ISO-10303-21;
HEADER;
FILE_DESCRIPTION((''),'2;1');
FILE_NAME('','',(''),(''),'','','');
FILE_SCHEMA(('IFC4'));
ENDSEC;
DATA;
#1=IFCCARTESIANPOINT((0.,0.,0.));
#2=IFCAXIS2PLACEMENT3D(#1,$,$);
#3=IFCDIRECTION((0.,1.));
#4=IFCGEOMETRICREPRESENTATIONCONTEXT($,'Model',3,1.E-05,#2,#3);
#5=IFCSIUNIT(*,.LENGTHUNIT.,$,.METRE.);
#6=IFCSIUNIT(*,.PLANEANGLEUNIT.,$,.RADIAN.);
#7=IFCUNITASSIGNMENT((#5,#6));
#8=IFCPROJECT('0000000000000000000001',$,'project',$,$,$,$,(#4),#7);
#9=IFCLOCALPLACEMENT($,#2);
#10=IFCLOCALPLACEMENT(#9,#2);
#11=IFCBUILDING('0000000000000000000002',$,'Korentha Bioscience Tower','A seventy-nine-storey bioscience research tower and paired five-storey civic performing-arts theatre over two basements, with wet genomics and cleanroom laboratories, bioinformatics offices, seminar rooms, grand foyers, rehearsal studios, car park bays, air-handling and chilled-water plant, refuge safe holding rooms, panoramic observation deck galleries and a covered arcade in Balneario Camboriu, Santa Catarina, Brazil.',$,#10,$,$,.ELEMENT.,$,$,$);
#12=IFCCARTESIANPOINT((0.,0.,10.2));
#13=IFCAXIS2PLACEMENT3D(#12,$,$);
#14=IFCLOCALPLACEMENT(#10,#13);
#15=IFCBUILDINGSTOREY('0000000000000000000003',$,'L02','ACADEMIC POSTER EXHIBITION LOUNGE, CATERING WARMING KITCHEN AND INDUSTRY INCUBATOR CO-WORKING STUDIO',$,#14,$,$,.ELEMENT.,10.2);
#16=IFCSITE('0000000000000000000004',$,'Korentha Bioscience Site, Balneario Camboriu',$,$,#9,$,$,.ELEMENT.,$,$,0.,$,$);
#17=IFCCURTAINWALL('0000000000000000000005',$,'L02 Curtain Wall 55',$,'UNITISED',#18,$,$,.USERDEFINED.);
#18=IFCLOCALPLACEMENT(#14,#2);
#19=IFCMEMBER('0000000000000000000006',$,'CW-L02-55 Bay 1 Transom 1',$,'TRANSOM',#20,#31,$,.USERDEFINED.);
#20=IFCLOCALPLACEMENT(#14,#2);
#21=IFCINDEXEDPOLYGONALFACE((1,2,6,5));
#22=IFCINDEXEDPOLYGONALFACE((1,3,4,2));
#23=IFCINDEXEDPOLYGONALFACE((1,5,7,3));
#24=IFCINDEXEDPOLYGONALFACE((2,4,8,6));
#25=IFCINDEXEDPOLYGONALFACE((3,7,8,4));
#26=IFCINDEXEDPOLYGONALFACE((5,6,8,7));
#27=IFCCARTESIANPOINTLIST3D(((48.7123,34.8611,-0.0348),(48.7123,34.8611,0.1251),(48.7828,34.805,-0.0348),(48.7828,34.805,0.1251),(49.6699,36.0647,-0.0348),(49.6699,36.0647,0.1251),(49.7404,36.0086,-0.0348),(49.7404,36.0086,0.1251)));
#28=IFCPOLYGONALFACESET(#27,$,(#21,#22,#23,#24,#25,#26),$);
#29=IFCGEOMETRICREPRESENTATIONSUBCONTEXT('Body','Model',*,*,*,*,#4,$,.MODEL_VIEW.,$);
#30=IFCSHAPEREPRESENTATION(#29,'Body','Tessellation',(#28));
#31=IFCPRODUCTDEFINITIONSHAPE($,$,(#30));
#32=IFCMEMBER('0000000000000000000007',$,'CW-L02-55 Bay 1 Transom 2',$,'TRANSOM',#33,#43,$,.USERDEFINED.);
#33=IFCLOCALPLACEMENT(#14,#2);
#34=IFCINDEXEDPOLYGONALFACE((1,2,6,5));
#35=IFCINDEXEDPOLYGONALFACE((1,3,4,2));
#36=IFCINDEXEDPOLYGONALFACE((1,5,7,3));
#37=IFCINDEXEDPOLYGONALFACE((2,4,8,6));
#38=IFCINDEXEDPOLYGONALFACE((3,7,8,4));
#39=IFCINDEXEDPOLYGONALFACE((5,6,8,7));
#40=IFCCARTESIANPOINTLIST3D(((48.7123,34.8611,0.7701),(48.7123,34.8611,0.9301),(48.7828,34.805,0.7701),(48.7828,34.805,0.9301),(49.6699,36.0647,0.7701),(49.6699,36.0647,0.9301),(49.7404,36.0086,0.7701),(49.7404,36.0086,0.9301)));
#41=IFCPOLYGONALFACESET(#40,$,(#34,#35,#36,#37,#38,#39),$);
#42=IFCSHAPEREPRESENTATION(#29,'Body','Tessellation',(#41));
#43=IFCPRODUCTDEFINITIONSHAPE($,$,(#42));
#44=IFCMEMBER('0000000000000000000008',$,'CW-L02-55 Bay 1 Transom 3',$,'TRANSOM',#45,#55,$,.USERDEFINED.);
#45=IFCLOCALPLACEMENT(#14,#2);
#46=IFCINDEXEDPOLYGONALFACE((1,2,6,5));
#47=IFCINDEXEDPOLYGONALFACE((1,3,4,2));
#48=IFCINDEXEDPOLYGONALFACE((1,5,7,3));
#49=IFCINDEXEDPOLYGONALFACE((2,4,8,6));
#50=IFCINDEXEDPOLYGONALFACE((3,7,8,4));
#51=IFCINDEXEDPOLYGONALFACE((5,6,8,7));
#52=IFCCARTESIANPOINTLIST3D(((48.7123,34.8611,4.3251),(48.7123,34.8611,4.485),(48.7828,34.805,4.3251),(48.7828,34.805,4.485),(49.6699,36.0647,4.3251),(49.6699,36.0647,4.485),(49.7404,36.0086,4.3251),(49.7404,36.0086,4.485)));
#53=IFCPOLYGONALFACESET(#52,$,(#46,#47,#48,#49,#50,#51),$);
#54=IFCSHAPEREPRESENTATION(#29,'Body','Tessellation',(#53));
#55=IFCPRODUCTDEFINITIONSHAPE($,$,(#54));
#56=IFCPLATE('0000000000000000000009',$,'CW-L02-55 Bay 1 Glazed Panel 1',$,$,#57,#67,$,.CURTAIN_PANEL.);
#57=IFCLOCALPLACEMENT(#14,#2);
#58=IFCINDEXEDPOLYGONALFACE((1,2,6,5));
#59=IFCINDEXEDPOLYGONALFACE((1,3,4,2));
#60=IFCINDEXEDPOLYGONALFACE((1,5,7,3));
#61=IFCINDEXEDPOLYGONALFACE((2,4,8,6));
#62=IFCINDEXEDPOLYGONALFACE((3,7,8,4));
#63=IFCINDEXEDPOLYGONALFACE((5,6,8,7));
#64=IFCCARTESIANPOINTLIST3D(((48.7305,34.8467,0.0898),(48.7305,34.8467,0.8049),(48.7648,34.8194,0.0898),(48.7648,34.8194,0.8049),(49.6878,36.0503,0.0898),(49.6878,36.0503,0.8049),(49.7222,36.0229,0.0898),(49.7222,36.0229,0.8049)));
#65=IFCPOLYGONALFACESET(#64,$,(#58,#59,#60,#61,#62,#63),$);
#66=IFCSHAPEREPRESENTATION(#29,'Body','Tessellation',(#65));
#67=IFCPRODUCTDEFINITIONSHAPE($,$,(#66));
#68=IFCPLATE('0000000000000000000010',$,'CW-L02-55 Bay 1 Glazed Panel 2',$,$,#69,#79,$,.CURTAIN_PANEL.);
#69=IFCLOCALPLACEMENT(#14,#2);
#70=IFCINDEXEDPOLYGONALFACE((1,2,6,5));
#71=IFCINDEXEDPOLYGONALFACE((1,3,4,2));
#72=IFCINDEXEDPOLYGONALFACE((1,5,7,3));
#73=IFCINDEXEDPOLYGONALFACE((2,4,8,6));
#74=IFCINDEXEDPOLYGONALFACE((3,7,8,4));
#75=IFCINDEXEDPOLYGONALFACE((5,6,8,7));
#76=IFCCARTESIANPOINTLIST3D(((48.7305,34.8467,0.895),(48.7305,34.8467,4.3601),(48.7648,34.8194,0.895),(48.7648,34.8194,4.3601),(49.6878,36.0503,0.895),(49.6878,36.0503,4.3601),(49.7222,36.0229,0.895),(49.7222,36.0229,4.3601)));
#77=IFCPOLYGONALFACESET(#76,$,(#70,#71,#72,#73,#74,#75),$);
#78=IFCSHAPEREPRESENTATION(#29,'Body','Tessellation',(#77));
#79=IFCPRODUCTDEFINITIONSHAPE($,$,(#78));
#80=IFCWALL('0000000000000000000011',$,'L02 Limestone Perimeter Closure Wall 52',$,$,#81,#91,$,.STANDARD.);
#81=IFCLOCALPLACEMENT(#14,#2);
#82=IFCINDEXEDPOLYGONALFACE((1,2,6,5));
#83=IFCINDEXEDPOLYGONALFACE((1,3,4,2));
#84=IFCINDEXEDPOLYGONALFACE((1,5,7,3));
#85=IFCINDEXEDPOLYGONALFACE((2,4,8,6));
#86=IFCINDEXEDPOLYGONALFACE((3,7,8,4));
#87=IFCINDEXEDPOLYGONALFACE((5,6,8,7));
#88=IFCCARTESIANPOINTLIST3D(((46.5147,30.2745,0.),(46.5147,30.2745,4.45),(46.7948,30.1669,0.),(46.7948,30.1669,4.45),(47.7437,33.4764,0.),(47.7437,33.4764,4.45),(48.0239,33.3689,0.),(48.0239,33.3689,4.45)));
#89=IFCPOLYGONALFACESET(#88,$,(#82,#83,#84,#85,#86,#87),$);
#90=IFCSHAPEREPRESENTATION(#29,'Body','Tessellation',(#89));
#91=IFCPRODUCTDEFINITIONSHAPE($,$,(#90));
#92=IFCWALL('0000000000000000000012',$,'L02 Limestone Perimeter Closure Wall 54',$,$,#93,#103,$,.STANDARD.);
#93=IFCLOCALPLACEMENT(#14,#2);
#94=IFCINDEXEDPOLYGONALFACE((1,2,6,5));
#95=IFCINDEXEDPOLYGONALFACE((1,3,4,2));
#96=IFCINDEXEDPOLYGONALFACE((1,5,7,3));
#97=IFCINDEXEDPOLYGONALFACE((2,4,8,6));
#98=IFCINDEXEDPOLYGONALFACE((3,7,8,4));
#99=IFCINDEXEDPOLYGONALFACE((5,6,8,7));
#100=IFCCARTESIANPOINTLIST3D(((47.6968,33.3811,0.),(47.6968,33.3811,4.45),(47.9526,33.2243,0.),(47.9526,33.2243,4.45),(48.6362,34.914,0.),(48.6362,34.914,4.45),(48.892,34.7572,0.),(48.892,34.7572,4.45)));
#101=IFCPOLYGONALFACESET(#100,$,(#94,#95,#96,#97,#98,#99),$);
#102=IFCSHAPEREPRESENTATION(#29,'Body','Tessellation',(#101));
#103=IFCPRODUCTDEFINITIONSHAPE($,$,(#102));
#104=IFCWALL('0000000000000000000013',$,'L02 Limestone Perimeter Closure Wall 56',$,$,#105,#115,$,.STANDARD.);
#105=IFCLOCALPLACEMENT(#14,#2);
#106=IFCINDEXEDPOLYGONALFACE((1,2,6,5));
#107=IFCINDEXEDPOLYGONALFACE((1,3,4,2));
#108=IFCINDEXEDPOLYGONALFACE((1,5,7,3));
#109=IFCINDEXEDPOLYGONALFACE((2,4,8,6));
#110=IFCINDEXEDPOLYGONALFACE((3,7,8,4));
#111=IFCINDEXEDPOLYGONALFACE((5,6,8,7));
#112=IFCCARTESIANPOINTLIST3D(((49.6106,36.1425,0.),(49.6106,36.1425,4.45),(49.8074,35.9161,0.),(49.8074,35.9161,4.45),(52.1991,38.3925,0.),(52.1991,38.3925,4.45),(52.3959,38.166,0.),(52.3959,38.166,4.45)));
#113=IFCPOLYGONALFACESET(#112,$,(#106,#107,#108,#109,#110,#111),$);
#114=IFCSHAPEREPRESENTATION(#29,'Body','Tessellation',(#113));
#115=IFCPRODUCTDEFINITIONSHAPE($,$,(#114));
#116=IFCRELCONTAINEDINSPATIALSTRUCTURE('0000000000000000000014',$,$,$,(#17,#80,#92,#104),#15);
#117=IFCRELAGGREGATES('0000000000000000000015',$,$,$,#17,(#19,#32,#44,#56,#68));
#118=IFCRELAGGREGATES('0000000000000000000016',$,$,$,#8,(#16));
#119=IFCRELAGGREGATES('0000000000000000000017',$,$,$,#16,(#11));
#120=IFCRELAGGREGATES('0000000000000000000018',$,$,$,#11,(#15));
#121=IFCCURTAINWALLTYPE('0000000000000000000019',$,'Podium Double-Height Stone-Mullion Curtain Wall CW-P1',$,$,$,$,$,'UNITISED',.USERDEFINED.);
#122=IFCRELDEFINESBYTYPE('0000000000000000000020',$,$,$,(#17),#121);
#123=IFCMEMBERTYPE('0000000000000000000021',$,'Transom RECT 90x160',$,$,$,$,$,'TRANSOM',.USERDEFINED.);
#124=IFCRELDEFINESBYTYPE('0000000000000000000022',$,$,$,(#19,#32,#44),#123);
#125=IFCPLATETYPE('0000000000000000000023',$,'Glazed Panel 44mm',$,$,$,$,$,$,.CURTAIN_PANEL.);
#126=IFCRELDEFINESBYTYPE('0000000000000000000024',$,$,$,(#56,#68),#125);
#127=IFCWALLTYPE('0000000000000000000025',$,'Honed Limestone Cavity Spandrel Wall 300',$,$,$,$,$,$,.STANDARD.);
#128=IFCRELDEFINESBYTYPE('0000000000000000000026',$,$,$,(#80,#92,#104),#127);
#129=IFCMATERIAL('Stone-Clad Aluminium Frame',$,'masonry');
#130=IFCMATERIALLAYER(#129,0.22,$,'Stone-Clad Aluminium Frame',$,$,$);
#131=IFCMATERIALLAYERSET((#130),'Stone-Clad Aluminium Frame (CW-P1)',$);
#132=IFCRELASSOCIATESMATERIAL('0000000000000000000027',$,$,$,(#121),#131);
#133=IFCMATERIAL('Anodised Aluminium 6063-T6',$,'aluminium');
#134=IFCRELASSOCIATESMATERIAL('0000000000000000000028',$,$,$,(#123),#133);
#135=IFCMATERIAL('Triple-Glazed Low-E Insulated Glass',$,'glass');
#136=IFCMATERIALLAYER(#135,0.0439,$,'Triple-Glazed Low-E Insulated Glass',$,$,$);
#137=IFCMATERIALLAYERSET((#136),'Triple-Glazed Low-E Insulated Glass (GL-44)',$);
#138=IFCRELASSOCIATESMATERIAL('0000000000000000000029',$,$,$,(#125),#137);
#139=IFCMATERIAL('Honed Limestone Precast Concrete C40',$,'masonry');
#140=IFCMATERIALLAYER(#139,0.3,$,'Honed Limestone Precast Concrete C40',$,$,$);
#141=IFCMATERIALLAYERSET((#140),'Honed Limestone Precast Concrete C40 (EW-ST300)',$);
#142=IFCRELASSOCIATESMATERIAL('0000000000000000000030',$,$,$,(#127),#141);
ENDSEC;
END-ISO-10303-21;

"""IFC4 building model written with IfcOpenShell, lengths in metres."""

from ifc_helpers import new_model, si_unit, direction, frame, frame_2d, origin, origin_2d, place, context, subcontext, project, spatial, rectangle, extrude, material, layer, layer_set, material_profile, profile_set, type_object, element, aggregate, save


model = new_model("IFC4")

# Units and contexts
model_context = context("Model", 3, precision=1e-05, world=origin(), true_north=direction((0.0, 1.0)))
body_context = subcontext(model_context, "Body", "Model", "MODEL_VIEW")
ifc_project = project(units=[si_unit("LENGTHUNIT", "METRE"), si_unit("PLANEANGLEUNIT", "RADIAN")], contexts=[model_context])

# Site, building, storey
site_placement = place(None, origin())
site = spatial("IfcSite", under=ifc_project, at=site_placement, Name="Korentha Bioscience Site, Balneario Camboriu", CompositionType="ELEMENT", RefElevation=0.0)
building_placement = place(site_placement, origin())
building = spatial("IfcBuilding", under=site, at=building_placement, Name="Korentha Bioscience Tower", Description="A seventy-nine-storey bioscience research tower and paired five-storey civic performing-arts theatre over two basements, with wet genomics and cleanroom laboratories, bioinformatics offices, seminar rooms, grand foyers, rehearsal studios, car park bays, air-handling and chilled-water plant, refuge safe holding rooms, panoramic observation deck galleries and a covered arcade in Balneario Camboriu, Santa Catarina, Brazil.", CompositionType="ELEMENT")
storey_placement = place(building_placement, frame((0.0, 0.0, 10.2)))
storey = spatial("IfcBuildingStorey", under=building, at=storey_placement, Name="L02", Description="ACADEMIC POSTER EXHIBITION LOUNGE, CATERING WARMING KITCHEN AND INDUSTRY INCUBATOR CO-WORKING STUDIO", CompositionType="ELEMENT", Elevation=10.2)

# Shared definitions
ifc_material_1 = material(Name="Stone-Clad Aluminium Frame", Category="masonry")
ifc_layer_1 = layer(ifc_material_1, 0.22, Name="Stone-Clad Aluminium Frame")
ifc_layer_set_1 = layer_set([ifc_layer_1], Name="Stone-Clad Aluminium Frame (CW-P1)")
curtain_wall_type = type_object("IfcCurtainWallType", Name="Podium Double-Height Stone-Mullion Curtain Wall CW-P1", ElementType="UNITISED", PredefinedType="USERDEFINED", material=ifc_layer_set_1)
ifc_material_2 = material(Name="Anodised Aluminium 6063-T6", Category="aluminium")

# Curtain wall
curtain_wall_1_placement = place(storey_placement, origin())
curtain_wall_1 = element("IfcCurtainWall", 1, at=curtain_wall_1_placement, inside=storey, type_object=curtain_wall_type, Name="L02 Curtain Wall 55", ObjectType="UNITISED", PredefinedType="USERDEFINED")

# Members
ifc_material_profile_1 = material_profile(ifc_material_2, rectangle(XDim=0.0901, YDim=0.1599, at=origin_2d()), Name="Anodised Aluminium 6063-T6")
ifc_profile_set_1 = profile_set([ifc_material_profile_1], Name="Anodised Aluminium 6063-T6 (CW-TRN)")
member_type_1 = type_object("IfcMemberType", Name="Transom RECT 90x160", ElementType="TRANSOM", PredefinedType="USERDEFINED", material=ifc_profile_set_1)
member_1_placement = place(storey_placement, frame((48.7476, 34.833, 0.0452), z_axis=(0.622563, 0.782569, 0.0), x_axis=(-0.782569, 0.622563, 0.0)))
member_1 = element("IfcMember", 2, at=member_1_placement, type_object=member_type_1, Name="CW-L02-55 Bay 1 Transom 1", ObjectType="TRANSOM", PredefinedType="USERDEFINED", context=body_context, shape_type="SweptSolid", body=[
    extrude(rectangle(XDim=0.0901, YDim=0.1599, at=origin_2d()), origin(), (0.0, 0.0, 1.0), 1.5381),
])
member_2_placement = place(storey_placement, frame((48.7476, 34.833, 0.8501), z_axis=(0.622563, 0.782569, 0.0), x_axis=(-0.782569, 0.622563, 0.0)))
member_2 = element("IfcMember", 3, at=member_2_placement, type_object=member_type_1, Name="CW-L02-55 Bay 1 Transom 2", ObjectType="TRANSOM", PredefinedType="USERDEFINED", context=body_context, shape_type="SweptSolid", body=[
    extrude(rectangle(XDim=0.0901, YDim=0.1599, at=origin_2d()), origin(), (0.0, 0.0, 1.0), 1.5381),
])
member_3_placement = place(storey_placement, frame((48.7476, 34.833, 4.405), z_axis=(0.622563, 0.782569, 0.0), x_axis=(-0.782569, 0.622563, 0.0)))
member_3 = element("IfcMember", 4, at=member_3_placement, type_object=member_type_1, Name="CW-L02-55 Bay 1 Transom 3", ObjectType="TRANSOM", PredefinedType="USERDEFINED", context=body_context, shape_type="SweptSolid", body=[
    extrude(rectangle(XDim=0.0901, YDim=0.1599, at=origin_2d()), origin(), (0.0, 0.0, 1.0), 1.5381),
])

# Plates
ifc_material_3 = material(Name="Triple-Glazed Low-E Insulated Glass", Category="glass")
ifc_layer_2 = layer(ifc_material_3, 0.0439, Name="Triple-Glazed Low-E Insulated Glass")
ifc_layer_set_2 = layer_set([ifc_layer_2], Name="Triple-Glazed Low-E Insulated Glass (GL-44)")
plate_type = type_object("IfcPlateType", Name="Glazed Panel 44mm", PredefinedType="CURTAIN_PANEL", material=ifc_layer_set_2)
plate_1_placement = place(storey_placement, frame((49.2263, 35.4348, 0.0898), z_axis=(0.0, 0.0, 1.0), x_axis=(0.62252, 0.782604, 0.0)))
plate_1 = element("IfcPlate", 5, at=plate_1_placement, type_object=plate_type, Name="CW-L02-55 Bay 1 Glazed Panel 1", PredefinedType="CURTAIN_PANEL", context=body_context, shape_type="SweptSolid", body=[
    extrude(rectangle(XDim=1.5378, YDim=0.0439, at=origin_2d()), origin(), (0.0, 0.0, 1.0), 0.7151),
])
plate_2_placement = place(storey_placement, frame((49.2263, 35.4348, 0.895), z_axis=(0.0, 0.0, 1.0), x_axis=(0.62252, 0.782604, 0.0)))
plate_2 = element("IfcPlate", 6, at=plate_2_placement, type_object=plate_type, Name="CW-L02-55 Bay 1 Glazed Panel 2", PredefinedType="CURTAIN_PANEL", context=body_context, shape_type="SweptSolid", body=[
    extrude(rectangle(XDim=1.5378, YDim=0.0439, at=origin_2d()), origin(), (0.0, 0.0, 1.0), 3.4651),
])
aggregate(curtain_wall_1, [member_1, member_2, member_3, plate_1, plate_2])

# Walls
ifc_material_4 = material(Name="Honed Limestone Precast Concrete C40", Category="masonry")
ifc_layer_3 = layer(ifc_material_4, 0.3, Name="Honed Limestone Precast Concrete C40")
ifc_layer_set_3 = layer_set([ifc_layer_3], Name="Honed Limestone Precast Concrete C40 (EW-ST300)")
wall_type = type_object("IfcWallType", Name="Honed Limestone Cavity Spandrel Wall 300", PredefinedType="STANDARD", material=ifc_layer_set_3)
wall_1_placement = place(storey_placement, frame((46.6548, 30.2207, 0.0), z_axis=(0.0, 0.0, 1.0), x_axis=(0.358345, 0.933589, 0.0)))
element("IfcWall", 7, at=wall_1_placement, inside=storey, type_object=wall_type, Name="L02 Limestone Perimeter Closure Wall 52", PredefinedType="STANDARD", context=body_context, shape_type="SweptSolid", body=[
    extrude(rectangle(XDim=3.4297, YDim=0.3, at=frame_2d((1.7148, 0.0))), origin(), (0.0, 0.0, 1.0), 4.45),
])
wall_2_placement = place(storey_placement, frame((47.8247, 33.3027, 0.0), z_axis=(0.0, 0.0, 1.0), x_axis=(0.522521, 0.852627, 0.0)))
element("IfcWall", 8, at=wall_2_placement, inside=storey, type_object=wall_type, Name="L02 Limestone Perimeter Closure Wall 54", PredefinedType="STANDARD", context=body_context, shape_type="SweptSolid", body=[
    extrude(rectangle(XDim=1.7979, YDim=0.3, at=frame_2d((0.8989, 0.0))), origin(), (0.0, 0.0, 1.0), 4.45),
])
wall_3_placement = place(storey_placement, frame((49.709, 36.0293, 0.0), z_axis=(0.0, 0.0, 1.0), x_axis=(0.754746, 0.656017, 0.0)))
element("IfcWall", 9, at=wall_3_placement, inside=storey, type_object=wall_type, Name="L02 Limestone Perimeter Closure Wall 56", PredefinedType="STANDARD", context=body_context, shape_type="SweptSolid", body=[
    extrude(rectangle(XDim=3.4297, YDim=0.3, at=frame_2d((1.7148, 0.0))), origin(), (0.0, 0.0, 1.0), 4.45),
])

save(model, "model.ifc")
